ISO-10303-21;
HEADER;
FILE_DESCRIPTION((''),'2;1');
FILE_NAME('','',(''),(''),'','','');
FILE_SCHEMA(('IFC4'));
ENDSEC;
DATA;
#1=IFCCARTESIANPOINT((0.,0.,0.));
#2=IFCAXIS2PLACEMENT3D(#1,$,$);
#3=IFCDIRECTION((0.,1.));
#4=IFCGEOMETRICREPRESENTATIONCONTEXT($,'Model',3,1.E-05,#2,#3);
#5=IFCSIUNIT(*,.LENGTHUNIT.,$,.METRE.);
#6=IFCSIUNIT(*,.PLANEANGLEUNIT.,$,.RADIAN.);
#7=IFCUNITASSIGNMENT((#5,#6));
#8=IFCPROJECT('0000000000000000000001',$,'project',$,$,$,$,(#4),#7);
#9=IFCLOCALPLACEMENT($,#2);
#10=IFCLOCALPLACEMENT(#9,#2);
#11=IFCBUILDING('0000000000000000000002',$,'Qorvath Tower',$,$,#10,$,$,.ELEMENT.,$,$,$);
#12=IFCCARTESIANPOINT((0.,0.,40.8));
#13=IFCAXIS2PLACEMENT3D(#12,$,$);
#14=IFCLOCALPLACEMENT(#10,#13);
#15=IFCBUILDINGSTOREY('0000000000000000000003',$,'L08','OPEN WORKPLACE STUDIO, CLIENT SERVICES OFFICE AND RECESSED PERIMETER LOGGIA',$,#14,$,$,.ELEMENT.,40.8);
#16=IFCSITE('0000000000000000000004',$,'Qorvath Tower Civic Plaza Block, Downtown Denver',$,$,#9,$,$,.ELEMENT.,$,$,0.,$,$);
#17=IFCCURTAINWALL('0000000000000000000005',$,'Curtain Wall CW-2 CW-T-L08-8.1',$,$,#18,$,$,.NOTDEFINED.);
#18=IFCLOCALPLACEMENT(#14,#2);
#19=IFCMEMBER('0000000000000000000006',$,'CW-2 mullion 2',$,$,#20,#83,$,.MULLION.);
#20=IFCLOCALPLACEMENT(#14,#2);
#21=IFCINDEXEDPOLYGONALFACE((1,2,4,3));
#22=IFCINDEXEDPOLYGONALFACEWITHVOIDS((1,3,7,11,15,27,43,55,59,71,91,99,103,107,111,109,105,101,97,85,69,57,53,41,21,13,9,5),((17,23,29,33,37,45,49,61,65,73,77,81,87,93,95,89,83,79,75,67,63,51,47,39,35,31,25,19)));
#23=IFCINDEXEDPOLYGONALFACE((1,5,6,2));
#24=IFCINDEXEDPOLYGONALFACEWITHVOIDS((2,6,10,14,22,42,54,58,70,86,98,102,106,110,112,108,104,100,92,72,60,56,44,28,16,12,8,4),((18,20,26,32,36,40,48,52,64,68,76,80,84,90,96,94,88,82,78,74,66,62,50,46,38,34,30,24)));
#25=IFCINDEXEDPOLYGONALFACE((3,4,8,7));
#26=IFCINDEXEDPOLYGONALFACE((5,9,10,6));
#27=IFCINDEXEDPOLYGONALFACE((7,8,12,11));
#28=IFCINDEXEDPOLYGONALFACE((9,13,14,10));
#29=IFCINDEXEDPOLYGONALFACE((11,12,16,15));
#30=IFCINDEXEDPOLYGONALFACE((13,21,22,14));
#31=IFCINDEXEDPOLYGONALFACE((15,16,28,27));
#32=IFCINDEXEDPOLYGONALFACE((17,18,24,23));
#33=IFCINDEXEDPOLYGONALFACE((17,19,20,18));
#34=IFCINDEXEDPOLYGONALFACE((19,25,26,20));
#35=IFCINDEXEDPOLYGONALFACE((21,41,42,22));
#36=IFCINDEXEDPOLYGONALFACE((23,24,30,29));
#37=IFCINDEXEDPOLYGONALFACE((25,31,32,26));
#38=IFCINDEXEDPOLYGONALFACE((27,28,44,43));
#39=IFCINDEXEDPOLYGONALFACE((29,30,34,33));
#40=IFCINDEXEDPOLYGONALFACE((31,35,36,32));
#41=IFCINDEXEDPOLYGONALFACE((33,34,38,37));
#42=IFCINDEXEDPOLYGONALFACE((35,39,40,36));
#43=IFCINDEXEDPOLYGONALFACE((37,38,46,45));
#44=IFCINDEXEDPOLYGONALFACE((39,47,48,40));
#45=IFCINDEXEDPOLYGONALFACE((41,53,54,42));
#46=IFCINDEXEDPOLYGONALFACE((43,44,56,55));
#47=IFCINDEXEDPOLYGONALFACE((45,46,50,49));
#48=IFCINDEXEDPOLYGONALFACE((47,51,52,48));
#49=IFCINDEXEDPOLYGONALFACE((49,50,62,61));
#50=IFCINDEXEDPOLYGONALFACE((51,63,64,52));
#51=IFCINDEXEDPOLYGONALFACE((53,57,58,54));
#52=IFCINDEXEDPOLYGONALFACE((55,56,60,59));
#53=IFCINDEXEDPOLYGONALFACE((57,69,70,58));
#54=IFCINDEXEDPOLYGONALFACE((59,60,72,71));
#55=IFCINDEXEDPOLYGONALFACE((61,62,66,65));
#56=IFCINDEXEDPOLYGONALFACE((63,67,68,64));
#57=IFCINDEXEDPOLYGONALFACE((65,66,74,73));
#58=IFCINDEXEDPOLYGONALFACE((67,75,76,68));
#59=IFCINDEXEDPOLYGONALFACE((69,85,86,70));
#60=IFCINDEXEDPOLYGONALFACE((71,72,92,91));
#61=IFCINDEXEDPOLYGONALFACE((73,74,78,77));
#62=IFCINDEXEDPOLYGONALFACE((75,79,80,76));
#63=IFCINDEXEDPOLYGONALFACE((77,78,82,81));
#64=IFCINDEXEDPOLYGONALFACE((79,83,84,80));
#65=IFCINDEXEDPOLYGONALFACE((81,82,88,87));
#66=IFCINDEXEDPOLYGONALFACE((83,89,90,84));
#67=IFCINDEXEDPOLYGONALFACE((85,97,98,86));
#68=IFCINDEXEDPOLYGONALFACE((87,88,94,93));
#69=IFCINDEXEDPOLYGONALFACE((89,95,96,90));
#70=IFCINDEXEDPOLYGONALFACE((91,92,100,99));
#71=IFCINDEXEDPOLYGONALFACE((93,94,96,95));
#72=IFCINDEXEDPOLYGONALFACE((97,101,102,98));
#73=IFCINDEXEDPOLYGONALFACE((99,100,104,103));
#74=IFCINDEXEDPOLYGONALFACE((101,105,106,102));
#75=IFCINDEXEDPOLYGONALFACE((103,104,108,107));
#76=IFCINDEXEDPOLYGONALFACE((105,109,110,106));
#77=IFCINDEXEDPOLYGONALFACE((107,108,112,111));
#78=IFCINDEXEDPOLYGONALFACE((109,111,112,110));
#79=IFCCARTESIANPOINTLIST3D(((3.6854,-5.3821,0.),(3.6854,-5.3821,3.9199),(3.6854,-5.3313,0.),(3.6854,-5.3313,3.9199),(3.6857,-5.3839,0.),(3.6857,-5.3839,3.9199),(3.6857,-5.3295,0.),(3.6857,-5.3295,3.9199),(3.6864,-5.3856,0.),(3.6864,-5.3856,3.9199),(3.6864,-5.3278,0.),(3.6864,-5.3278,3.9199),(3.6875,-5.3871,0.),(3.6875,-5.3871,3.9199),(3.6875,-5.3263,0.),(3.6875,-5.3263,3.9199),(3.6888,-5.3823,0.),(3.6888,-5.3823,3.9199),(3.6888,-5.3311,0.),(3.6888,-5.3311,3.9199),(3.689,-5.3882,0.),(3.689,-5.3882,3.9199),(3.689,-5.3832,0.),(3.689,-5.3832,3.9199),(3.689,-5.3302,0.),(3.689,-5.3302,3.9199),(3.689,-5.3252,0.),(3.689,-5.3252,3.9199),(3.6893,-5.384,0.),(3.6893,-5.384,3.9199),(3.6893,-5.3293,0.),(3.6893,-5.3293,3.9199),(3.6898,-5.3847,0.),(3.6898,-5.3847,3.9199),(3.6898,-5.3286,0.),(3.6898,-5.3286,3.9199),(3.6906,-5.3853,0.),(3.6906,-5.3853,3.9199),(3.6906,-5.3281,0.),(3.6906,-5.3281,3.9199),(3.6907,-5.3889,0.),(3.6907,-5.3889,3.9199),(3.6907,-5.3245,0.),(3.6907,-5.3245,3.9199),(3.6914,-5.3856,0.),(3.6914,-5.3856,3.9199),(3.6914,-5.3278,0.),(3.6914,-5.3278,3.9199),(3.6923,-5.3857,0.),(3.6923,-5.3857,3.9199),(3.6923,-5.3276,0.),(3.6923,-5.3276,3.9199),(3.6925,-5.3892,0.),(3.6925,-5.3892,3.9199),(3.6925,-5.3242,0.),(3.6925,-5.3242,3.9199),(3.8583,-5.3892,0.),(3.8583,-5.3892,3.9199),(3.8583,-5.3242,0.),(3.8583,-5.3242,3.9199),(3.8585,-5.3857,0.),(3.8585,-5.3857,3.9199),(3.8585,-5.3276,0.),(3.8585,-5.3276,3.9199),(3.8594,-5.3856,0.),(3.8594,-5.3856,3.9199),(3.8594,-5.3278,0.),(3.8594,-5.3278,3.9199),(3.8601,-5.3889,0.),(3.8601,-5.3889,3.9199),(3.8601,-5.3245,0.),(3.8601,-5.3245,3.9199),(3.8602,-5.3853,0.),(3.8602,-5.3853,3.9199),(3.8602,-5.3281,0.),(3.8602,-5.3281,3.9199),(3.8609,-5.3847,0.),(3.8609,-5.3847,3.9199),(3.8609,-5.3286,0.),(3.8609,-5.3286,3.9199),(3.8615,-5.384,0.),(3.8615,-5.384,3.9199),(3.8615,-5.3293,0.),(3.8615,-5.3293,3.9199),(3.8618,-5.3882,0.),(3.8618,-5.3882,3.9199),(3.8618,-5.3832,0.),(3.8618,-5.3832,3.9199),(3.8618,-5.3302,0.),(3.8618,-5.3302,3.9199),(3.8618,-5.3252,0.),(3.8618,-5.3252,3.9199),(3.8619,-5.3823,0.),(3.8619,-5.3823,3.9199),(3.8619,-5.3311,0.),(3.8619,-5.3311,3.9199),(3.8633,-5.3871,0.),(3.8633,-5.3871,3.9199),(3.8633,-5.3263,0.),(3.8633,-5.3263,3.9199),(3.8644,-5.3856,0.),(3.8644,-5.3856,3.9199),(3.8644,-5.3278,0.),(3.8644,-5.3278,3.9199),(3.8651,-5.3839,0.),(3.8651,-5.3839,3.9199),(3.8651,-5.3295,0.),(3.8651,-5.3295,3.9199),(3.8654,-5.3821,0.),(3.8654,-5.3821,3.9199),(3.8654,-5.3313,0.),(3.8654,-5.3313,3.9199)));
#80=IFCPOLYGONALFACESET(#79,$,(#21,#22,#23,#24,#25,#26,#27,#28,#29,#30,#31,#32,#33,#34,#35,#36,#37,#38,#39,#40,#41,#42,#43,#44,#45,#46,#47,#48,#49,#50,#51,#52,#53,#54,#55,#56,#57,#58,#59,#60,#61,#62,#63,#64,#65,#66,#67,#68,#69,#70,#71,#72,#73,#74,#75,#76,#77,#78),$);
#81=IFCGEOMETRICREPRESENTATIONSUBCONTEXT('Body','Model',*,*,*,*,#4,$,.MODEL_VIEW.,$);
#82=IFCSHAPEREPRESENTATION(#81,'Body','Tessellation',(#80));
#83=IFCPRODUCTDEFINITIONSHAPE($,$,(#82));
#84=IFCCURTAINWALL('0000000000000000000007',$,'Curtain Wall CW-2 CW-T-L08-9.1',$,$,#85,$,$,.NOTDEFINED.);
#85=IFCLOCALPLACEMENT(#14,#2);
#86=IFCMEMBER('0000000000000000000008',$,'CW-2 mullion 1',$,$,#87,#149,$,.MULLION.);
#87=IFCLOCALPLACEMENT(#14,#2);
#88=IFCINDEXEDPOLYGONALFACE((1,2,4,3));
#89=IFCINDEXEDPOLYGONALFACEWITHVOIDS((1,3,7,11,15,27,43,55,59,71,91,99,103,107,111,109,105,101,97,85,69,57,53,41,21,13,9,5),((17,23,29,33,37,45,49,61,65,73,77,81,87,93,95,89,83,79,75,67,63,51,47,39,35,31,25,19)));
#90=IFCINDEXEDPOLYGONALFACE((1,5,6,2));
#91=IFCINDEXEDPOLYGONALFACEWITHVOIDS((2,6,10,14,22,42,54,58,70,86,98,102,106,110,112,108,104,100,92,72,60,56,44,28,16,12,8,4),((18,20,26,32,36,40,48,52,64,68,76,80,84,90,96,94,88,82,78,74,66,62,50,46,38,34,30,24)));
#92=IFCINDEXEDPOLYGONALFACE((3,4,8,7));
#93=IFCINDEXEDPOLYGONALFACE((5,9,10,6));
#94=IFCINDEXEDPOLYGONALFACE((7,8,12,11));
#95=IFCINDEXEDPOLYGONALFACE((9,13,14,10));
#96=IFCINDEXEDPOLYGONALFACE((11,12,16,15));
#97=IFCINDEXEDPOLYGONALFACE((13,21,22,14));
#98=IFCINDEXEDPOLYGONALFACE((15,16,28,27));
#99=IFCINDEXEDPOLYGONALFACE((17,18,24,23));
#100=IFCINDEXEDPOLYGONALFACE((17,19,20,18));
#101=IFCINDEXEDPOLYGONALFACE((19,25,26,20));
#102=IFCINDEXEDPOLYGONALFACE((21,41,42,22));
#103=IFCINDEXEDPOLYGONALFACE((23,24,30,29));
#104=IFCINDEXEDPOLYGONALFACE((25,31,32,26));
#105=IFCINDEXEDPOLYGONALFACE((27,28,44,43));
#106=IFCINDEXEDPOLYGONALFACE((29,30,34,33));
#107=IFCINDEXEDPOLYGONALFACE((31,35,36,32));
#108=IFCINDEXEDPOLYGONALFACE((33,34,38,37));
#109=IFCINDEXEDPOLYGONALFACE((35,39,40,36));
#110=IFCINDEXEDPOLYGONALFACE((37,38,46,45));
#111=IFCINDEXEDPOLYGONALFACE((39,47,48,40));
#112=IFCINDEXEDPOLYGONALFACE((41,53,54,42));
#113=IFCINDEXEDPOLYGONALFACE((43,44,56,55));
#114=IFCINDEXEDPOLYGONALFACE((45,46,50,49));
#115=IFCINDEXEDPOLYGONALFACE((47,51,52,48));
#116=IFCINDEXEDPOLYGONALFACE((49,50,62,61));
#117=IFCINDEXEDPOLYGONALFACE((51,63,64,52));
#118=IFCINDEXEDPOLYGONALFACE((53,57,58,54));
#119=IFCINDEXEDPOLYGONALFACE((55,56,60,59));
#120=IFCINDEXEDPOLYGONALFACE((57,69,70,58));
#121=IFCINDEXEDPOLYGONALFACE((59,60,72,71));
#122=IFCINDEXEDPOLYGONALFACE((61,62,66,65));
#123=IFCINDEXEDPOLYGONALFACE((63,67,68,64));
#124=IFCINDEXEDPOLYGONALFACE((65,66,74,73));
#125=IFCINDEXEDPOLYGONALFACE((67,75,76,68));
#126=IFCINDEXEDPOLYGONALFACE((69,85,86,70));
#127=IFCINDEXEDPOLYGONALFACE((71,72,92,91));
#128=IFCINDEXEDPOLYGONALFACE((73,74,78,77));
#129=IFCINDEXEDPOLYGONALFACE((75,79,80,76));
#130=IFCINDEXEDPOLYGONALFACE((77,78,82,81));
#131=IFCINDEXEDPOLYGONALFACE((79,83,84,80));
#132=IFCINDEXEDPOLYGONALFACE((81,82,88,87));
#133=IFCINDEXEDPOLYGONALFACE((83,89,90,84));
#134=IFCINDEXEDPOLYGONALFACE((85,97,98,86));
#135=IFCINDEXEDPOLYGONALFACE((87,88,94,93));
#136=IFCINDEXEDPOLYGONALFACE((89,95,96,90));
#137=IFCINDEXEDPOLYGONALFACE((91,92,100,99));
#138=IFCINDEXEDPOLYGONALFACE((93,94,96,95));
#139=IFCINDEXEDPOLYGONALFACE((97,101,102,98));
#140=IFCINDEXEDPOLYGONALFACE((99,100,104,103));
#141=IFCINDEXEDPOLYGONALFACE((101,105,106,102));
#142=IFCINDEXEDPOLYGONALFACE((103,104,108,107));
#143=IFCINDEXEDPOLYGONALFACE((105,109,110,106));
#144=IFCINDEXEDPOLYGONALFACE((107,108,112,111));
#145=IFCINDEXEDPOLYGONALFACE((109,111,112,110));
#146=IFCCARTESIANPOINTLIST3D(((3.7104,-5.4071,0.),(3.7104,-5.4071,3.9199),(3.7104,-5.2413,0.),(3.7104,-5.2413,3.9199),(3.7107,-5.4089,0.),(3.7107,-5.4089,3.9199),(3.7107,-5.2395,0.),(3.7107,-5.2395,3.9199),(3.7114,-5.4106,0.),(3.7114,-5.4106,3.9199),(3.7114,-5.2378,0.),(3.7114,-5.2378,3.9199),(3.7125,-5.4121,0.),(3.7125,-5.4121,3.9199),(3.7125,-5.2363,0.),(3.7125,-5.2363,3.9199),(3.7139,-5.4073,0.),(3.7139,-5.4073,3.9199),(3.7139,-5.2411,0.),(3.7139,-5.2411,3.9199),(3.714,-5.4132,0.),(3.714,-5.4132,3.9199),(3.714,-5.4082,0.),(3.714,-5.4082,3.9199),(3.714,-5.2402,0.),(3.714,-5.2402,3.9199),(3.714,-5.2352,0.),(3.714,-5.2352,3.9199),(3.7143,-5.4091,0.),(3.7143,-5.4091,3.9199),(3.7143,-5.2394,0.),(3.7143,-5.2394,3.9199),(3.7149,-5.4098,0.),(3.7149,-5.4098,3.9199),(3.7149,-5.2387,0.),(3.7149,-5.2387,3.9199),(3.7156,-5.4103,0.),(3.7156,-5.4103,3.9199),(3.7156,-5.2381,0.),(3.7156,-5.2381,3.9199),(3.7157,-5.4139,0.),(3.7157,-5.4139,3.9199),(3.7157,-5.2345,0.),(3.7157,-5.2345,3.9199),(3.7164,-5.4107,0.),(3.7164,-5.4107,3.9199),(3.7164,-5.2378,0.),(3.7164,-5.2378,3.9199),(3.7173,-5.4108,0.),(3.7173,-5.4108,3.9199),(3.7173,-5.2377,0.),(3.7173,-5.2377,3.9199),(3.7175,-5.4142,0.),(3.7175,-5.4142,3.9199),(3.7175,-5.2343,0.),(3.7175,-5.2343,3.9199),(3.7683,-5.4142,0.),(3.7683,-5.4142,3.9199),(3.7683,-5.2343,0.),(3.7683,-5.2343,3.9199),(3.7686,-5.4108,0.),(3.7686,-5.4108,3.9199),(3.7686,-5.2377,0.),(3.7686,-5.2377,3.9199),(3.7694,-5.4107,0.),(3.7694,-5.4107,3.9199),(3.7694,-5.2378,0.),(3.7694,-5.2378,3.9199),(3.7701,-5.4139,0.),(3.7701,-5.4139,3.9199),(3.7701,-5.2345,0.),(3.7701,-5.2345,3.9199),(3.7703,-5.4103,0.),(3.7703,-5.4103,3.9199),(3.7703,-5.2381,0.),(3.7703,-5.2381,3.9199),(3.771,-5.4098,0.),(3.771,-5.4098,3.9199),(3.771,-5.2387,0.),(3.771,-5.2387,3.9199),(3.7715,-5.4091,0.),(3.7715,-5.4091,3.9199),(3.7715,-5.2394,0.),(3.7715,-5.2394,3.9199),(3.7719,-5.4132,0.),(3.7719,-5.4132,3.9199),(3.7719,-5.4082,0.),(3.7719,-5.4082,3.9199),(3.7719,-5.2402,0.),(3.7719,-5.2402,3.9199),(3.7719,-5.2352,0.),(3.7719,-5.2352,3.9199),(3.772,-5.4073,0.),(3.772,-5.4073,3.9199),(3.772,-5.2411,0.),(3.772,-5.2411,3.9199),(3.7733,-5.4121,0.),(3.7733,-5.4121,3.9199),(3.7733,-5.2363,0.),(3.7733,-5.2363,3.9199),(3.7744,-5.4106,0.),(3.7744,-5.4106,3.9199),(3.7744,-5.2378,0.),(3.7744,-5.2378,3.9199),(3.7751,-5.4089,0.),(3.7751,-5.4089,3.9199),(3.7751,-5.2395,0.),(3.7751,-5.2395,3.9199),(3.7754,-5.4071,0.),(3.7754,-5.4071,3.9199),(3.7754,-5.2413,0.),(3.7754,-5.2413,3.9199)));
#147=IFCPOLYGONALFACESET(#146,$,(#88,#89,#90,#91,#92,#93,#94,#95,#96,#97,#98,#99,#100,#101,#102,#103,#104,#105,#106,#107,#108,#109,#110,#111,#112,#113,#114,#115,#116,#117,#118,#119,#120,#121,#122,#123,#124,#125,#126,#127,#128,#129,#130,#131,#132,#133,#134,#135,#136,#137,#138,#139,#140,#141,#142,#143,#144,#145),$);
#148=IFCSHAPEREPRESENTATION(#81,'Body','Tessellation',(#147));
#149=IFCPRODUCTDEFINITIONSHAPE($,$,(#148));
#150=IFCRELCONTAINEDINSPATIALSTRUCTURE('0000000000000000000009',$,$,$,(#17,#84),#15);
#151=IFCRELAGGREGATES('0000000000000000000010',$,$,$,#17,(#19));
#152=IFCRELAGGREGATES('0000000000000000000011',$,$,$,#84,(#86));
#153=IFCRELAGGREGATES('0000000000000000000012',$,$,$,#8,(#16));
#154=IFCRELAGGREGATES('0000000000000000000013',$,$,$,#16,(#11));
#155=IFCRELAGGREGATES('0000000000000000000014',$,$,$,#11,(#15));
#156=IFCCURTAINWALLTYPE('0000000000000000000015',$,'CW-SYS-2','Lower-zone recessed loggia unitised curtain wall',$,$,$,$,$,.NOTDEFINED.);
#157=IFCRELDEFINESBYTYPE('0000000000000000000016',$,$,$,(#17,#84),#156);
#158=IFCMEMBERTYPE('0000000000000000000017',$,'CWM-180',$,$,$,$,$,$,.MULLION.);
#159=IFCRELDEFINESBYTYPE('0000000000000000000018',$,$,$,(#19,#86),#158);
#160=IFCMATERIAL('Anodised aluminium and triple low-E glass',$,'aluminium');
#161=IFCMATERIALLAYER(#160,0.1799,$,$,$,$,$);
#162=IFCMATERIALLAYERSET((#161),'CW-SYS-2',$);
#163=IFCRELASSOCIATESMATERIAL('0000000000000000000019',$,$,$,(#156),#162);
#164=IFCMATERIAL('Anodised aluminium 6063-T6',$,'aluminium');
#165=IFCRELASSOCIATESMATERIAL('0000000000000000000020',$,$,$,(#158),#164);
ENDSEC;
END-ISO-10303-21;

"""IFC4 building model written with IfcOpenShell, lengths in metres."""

from ifc_helpers import new_model, si_unit, direction, frame, origin, origin_2d, place, context, subcontext, project, spatial, hollow_rectangle, extrude, material, layer, layer_set, material_profile, profile_set, type_object, element, aggregate, save


model = new_model("IFC4")

# Units and contexts
model_context = context("Model", 3, precision=1e-05, world=origin(), true_north=direction((0.0, 1.0)))
body_context = subcontext(model_context, "Body", "Model", "MODEL_VIEW")
ifc_project = project(units=[si_unit("LENGTHUNIT", "METRE"), si_unit("PLANEANGLEUNIT", "RADIAN")], contexts=[model_context])

# Site, building, storey
site_placement = place(None, origin())
site = spatial("IfcSite", under=ifc_project, at=site_placement, Name="Qorvath Tower Civic Plaza Block, Downtown Denver", CompositionType="ELEMENT", RefElevation=0.0)
building_placement = place(site_placement, origin())
building = spatial("IfcBuilding", under=site, at=building_placement, Name="Qorvath Tower", CompositionType="ELEMENT")
storey_placement = place(building_placement, frame((0.0, 0.0, 40.8)))
storey = spatial("IfcBuildingStorey", under=building, at=storey_placement, Name="L08", Description="OPEN WORKPLACE STUDIO, CLIENT SERVICES OFFICE AND RECESSED PERIMETER LOGGIA", CompositionType="ELEMENT", Elevation=40.8)

# Shared definitions
ifc_material_1 = material(Name="Anodised aluminium and triple low-E glass", Category="aluminium")
ifc_layer_1 = layer(ifc_material_1, 0.1799)
ifc_layer_set_1 = layer_set([ifc_layer_1], Name="CW-SYS-2")
curtain_wall_type = type_object("IfcCurtainWallType", Name="CW-SYS-2", Description="Lower-zone recessed loggia unitised curtain wall", PredefinedType="NOTDEFINED", material=ifc_layer_set_1)
ifc_material_2 = material(Name="Anodised aluminium 6063-T6", Category="aluminium")
ifc_material_profile_1 = material_profile(ifc_material_2, hollow_rectangle(XDim=0.0649, YDim=0.1799, WallThickness=0.0034, InnerFilletRadius=0.0034, OuterFilletRadius=0.0071, at=origin_2d()), Name="CWM 180x65")
ifc_profile_set_1 = profile_set([ifc_material_profile_1], Name="Anodised aluminium 6063-T6")
member_type_1 = type_object("IfcMemberType", Name="CWM-180", PredefinedType="MULLION", material=ifc_profile_set_1)

# Curtain wall, member
curtain_wall_1_placement = place(storey_placement, origin())
curtain_wall_1 = element("IfcCurtainWall", 1, at=curtain_wall_1_placement, inside=storey, type_object=curtain_wall_type, Name="Curtain Wall CW-2 CW-T-L08-8.1", PredefinedType="NOTDEFINED")
member_1_placement = place(storey_placement, frame((3.7754, -5.3567, 0.0), z_axis=(0.0, 0.0, 1.0), x_axis=(0.0, -1.0, 0.0)))
member_1 = element("IfcMember", 2, at=member_1_placement, type_object=member_type_1, Name="CW-2 mullion 2", PredefinedType="MULLION", context=body_context, shape_type="SweptSolid", body=[
    extrude(hollow_rectangle(XDim=0.0649, YDim=0.1799, WallThickness=0.0034, InnerFilletRadius=0.0034, OuterFilletRadius=0.0071, at=origin_2d()), origin(), (0.0, 0.0, 1.0), 3.9199),
])

# Curtain wall, member
curtain_wall_2_placement = place(storey_placement, origin())
curtain_wall_2 = element("IfcCurtainWall", 3, at=curtain_wall_2_placement, inside=storey, type_object=curtain_wall_type, Name="Curtain Wall CW-2 CW-T-L08-9.1", PredefinedType="NOTDEFINED")
member_2_placement = place(storey_placement, frame((3.7429, -5.3242, 0.0), z_axis=(0.0, 0.0, 1.0), x_axis=(-1.0, 0.0, 0.0)))
member_2 = element("IfcMember", 4, at=member_2_placement, type_object=member_type_1, Name="CW-2 mullion 1", PredefinedType="MULLION", context=body_context, shape_type="SweptSolid", body=[
    extrude(hollow_rectangle(XDim=0.0649, YDim=0.1799, WallThickness=0.0034, InnerFilletRadius=0.0034, OuterFilletRadius=0.0071, at=origin_2d()), origin(), (0.0, 0.0, 1.0), 3.9199),
])

aggregate(curtain_wall_1, [member_1])
aggregate(curtain_wall_2, [member_2])

save(model, "model.ifc")
